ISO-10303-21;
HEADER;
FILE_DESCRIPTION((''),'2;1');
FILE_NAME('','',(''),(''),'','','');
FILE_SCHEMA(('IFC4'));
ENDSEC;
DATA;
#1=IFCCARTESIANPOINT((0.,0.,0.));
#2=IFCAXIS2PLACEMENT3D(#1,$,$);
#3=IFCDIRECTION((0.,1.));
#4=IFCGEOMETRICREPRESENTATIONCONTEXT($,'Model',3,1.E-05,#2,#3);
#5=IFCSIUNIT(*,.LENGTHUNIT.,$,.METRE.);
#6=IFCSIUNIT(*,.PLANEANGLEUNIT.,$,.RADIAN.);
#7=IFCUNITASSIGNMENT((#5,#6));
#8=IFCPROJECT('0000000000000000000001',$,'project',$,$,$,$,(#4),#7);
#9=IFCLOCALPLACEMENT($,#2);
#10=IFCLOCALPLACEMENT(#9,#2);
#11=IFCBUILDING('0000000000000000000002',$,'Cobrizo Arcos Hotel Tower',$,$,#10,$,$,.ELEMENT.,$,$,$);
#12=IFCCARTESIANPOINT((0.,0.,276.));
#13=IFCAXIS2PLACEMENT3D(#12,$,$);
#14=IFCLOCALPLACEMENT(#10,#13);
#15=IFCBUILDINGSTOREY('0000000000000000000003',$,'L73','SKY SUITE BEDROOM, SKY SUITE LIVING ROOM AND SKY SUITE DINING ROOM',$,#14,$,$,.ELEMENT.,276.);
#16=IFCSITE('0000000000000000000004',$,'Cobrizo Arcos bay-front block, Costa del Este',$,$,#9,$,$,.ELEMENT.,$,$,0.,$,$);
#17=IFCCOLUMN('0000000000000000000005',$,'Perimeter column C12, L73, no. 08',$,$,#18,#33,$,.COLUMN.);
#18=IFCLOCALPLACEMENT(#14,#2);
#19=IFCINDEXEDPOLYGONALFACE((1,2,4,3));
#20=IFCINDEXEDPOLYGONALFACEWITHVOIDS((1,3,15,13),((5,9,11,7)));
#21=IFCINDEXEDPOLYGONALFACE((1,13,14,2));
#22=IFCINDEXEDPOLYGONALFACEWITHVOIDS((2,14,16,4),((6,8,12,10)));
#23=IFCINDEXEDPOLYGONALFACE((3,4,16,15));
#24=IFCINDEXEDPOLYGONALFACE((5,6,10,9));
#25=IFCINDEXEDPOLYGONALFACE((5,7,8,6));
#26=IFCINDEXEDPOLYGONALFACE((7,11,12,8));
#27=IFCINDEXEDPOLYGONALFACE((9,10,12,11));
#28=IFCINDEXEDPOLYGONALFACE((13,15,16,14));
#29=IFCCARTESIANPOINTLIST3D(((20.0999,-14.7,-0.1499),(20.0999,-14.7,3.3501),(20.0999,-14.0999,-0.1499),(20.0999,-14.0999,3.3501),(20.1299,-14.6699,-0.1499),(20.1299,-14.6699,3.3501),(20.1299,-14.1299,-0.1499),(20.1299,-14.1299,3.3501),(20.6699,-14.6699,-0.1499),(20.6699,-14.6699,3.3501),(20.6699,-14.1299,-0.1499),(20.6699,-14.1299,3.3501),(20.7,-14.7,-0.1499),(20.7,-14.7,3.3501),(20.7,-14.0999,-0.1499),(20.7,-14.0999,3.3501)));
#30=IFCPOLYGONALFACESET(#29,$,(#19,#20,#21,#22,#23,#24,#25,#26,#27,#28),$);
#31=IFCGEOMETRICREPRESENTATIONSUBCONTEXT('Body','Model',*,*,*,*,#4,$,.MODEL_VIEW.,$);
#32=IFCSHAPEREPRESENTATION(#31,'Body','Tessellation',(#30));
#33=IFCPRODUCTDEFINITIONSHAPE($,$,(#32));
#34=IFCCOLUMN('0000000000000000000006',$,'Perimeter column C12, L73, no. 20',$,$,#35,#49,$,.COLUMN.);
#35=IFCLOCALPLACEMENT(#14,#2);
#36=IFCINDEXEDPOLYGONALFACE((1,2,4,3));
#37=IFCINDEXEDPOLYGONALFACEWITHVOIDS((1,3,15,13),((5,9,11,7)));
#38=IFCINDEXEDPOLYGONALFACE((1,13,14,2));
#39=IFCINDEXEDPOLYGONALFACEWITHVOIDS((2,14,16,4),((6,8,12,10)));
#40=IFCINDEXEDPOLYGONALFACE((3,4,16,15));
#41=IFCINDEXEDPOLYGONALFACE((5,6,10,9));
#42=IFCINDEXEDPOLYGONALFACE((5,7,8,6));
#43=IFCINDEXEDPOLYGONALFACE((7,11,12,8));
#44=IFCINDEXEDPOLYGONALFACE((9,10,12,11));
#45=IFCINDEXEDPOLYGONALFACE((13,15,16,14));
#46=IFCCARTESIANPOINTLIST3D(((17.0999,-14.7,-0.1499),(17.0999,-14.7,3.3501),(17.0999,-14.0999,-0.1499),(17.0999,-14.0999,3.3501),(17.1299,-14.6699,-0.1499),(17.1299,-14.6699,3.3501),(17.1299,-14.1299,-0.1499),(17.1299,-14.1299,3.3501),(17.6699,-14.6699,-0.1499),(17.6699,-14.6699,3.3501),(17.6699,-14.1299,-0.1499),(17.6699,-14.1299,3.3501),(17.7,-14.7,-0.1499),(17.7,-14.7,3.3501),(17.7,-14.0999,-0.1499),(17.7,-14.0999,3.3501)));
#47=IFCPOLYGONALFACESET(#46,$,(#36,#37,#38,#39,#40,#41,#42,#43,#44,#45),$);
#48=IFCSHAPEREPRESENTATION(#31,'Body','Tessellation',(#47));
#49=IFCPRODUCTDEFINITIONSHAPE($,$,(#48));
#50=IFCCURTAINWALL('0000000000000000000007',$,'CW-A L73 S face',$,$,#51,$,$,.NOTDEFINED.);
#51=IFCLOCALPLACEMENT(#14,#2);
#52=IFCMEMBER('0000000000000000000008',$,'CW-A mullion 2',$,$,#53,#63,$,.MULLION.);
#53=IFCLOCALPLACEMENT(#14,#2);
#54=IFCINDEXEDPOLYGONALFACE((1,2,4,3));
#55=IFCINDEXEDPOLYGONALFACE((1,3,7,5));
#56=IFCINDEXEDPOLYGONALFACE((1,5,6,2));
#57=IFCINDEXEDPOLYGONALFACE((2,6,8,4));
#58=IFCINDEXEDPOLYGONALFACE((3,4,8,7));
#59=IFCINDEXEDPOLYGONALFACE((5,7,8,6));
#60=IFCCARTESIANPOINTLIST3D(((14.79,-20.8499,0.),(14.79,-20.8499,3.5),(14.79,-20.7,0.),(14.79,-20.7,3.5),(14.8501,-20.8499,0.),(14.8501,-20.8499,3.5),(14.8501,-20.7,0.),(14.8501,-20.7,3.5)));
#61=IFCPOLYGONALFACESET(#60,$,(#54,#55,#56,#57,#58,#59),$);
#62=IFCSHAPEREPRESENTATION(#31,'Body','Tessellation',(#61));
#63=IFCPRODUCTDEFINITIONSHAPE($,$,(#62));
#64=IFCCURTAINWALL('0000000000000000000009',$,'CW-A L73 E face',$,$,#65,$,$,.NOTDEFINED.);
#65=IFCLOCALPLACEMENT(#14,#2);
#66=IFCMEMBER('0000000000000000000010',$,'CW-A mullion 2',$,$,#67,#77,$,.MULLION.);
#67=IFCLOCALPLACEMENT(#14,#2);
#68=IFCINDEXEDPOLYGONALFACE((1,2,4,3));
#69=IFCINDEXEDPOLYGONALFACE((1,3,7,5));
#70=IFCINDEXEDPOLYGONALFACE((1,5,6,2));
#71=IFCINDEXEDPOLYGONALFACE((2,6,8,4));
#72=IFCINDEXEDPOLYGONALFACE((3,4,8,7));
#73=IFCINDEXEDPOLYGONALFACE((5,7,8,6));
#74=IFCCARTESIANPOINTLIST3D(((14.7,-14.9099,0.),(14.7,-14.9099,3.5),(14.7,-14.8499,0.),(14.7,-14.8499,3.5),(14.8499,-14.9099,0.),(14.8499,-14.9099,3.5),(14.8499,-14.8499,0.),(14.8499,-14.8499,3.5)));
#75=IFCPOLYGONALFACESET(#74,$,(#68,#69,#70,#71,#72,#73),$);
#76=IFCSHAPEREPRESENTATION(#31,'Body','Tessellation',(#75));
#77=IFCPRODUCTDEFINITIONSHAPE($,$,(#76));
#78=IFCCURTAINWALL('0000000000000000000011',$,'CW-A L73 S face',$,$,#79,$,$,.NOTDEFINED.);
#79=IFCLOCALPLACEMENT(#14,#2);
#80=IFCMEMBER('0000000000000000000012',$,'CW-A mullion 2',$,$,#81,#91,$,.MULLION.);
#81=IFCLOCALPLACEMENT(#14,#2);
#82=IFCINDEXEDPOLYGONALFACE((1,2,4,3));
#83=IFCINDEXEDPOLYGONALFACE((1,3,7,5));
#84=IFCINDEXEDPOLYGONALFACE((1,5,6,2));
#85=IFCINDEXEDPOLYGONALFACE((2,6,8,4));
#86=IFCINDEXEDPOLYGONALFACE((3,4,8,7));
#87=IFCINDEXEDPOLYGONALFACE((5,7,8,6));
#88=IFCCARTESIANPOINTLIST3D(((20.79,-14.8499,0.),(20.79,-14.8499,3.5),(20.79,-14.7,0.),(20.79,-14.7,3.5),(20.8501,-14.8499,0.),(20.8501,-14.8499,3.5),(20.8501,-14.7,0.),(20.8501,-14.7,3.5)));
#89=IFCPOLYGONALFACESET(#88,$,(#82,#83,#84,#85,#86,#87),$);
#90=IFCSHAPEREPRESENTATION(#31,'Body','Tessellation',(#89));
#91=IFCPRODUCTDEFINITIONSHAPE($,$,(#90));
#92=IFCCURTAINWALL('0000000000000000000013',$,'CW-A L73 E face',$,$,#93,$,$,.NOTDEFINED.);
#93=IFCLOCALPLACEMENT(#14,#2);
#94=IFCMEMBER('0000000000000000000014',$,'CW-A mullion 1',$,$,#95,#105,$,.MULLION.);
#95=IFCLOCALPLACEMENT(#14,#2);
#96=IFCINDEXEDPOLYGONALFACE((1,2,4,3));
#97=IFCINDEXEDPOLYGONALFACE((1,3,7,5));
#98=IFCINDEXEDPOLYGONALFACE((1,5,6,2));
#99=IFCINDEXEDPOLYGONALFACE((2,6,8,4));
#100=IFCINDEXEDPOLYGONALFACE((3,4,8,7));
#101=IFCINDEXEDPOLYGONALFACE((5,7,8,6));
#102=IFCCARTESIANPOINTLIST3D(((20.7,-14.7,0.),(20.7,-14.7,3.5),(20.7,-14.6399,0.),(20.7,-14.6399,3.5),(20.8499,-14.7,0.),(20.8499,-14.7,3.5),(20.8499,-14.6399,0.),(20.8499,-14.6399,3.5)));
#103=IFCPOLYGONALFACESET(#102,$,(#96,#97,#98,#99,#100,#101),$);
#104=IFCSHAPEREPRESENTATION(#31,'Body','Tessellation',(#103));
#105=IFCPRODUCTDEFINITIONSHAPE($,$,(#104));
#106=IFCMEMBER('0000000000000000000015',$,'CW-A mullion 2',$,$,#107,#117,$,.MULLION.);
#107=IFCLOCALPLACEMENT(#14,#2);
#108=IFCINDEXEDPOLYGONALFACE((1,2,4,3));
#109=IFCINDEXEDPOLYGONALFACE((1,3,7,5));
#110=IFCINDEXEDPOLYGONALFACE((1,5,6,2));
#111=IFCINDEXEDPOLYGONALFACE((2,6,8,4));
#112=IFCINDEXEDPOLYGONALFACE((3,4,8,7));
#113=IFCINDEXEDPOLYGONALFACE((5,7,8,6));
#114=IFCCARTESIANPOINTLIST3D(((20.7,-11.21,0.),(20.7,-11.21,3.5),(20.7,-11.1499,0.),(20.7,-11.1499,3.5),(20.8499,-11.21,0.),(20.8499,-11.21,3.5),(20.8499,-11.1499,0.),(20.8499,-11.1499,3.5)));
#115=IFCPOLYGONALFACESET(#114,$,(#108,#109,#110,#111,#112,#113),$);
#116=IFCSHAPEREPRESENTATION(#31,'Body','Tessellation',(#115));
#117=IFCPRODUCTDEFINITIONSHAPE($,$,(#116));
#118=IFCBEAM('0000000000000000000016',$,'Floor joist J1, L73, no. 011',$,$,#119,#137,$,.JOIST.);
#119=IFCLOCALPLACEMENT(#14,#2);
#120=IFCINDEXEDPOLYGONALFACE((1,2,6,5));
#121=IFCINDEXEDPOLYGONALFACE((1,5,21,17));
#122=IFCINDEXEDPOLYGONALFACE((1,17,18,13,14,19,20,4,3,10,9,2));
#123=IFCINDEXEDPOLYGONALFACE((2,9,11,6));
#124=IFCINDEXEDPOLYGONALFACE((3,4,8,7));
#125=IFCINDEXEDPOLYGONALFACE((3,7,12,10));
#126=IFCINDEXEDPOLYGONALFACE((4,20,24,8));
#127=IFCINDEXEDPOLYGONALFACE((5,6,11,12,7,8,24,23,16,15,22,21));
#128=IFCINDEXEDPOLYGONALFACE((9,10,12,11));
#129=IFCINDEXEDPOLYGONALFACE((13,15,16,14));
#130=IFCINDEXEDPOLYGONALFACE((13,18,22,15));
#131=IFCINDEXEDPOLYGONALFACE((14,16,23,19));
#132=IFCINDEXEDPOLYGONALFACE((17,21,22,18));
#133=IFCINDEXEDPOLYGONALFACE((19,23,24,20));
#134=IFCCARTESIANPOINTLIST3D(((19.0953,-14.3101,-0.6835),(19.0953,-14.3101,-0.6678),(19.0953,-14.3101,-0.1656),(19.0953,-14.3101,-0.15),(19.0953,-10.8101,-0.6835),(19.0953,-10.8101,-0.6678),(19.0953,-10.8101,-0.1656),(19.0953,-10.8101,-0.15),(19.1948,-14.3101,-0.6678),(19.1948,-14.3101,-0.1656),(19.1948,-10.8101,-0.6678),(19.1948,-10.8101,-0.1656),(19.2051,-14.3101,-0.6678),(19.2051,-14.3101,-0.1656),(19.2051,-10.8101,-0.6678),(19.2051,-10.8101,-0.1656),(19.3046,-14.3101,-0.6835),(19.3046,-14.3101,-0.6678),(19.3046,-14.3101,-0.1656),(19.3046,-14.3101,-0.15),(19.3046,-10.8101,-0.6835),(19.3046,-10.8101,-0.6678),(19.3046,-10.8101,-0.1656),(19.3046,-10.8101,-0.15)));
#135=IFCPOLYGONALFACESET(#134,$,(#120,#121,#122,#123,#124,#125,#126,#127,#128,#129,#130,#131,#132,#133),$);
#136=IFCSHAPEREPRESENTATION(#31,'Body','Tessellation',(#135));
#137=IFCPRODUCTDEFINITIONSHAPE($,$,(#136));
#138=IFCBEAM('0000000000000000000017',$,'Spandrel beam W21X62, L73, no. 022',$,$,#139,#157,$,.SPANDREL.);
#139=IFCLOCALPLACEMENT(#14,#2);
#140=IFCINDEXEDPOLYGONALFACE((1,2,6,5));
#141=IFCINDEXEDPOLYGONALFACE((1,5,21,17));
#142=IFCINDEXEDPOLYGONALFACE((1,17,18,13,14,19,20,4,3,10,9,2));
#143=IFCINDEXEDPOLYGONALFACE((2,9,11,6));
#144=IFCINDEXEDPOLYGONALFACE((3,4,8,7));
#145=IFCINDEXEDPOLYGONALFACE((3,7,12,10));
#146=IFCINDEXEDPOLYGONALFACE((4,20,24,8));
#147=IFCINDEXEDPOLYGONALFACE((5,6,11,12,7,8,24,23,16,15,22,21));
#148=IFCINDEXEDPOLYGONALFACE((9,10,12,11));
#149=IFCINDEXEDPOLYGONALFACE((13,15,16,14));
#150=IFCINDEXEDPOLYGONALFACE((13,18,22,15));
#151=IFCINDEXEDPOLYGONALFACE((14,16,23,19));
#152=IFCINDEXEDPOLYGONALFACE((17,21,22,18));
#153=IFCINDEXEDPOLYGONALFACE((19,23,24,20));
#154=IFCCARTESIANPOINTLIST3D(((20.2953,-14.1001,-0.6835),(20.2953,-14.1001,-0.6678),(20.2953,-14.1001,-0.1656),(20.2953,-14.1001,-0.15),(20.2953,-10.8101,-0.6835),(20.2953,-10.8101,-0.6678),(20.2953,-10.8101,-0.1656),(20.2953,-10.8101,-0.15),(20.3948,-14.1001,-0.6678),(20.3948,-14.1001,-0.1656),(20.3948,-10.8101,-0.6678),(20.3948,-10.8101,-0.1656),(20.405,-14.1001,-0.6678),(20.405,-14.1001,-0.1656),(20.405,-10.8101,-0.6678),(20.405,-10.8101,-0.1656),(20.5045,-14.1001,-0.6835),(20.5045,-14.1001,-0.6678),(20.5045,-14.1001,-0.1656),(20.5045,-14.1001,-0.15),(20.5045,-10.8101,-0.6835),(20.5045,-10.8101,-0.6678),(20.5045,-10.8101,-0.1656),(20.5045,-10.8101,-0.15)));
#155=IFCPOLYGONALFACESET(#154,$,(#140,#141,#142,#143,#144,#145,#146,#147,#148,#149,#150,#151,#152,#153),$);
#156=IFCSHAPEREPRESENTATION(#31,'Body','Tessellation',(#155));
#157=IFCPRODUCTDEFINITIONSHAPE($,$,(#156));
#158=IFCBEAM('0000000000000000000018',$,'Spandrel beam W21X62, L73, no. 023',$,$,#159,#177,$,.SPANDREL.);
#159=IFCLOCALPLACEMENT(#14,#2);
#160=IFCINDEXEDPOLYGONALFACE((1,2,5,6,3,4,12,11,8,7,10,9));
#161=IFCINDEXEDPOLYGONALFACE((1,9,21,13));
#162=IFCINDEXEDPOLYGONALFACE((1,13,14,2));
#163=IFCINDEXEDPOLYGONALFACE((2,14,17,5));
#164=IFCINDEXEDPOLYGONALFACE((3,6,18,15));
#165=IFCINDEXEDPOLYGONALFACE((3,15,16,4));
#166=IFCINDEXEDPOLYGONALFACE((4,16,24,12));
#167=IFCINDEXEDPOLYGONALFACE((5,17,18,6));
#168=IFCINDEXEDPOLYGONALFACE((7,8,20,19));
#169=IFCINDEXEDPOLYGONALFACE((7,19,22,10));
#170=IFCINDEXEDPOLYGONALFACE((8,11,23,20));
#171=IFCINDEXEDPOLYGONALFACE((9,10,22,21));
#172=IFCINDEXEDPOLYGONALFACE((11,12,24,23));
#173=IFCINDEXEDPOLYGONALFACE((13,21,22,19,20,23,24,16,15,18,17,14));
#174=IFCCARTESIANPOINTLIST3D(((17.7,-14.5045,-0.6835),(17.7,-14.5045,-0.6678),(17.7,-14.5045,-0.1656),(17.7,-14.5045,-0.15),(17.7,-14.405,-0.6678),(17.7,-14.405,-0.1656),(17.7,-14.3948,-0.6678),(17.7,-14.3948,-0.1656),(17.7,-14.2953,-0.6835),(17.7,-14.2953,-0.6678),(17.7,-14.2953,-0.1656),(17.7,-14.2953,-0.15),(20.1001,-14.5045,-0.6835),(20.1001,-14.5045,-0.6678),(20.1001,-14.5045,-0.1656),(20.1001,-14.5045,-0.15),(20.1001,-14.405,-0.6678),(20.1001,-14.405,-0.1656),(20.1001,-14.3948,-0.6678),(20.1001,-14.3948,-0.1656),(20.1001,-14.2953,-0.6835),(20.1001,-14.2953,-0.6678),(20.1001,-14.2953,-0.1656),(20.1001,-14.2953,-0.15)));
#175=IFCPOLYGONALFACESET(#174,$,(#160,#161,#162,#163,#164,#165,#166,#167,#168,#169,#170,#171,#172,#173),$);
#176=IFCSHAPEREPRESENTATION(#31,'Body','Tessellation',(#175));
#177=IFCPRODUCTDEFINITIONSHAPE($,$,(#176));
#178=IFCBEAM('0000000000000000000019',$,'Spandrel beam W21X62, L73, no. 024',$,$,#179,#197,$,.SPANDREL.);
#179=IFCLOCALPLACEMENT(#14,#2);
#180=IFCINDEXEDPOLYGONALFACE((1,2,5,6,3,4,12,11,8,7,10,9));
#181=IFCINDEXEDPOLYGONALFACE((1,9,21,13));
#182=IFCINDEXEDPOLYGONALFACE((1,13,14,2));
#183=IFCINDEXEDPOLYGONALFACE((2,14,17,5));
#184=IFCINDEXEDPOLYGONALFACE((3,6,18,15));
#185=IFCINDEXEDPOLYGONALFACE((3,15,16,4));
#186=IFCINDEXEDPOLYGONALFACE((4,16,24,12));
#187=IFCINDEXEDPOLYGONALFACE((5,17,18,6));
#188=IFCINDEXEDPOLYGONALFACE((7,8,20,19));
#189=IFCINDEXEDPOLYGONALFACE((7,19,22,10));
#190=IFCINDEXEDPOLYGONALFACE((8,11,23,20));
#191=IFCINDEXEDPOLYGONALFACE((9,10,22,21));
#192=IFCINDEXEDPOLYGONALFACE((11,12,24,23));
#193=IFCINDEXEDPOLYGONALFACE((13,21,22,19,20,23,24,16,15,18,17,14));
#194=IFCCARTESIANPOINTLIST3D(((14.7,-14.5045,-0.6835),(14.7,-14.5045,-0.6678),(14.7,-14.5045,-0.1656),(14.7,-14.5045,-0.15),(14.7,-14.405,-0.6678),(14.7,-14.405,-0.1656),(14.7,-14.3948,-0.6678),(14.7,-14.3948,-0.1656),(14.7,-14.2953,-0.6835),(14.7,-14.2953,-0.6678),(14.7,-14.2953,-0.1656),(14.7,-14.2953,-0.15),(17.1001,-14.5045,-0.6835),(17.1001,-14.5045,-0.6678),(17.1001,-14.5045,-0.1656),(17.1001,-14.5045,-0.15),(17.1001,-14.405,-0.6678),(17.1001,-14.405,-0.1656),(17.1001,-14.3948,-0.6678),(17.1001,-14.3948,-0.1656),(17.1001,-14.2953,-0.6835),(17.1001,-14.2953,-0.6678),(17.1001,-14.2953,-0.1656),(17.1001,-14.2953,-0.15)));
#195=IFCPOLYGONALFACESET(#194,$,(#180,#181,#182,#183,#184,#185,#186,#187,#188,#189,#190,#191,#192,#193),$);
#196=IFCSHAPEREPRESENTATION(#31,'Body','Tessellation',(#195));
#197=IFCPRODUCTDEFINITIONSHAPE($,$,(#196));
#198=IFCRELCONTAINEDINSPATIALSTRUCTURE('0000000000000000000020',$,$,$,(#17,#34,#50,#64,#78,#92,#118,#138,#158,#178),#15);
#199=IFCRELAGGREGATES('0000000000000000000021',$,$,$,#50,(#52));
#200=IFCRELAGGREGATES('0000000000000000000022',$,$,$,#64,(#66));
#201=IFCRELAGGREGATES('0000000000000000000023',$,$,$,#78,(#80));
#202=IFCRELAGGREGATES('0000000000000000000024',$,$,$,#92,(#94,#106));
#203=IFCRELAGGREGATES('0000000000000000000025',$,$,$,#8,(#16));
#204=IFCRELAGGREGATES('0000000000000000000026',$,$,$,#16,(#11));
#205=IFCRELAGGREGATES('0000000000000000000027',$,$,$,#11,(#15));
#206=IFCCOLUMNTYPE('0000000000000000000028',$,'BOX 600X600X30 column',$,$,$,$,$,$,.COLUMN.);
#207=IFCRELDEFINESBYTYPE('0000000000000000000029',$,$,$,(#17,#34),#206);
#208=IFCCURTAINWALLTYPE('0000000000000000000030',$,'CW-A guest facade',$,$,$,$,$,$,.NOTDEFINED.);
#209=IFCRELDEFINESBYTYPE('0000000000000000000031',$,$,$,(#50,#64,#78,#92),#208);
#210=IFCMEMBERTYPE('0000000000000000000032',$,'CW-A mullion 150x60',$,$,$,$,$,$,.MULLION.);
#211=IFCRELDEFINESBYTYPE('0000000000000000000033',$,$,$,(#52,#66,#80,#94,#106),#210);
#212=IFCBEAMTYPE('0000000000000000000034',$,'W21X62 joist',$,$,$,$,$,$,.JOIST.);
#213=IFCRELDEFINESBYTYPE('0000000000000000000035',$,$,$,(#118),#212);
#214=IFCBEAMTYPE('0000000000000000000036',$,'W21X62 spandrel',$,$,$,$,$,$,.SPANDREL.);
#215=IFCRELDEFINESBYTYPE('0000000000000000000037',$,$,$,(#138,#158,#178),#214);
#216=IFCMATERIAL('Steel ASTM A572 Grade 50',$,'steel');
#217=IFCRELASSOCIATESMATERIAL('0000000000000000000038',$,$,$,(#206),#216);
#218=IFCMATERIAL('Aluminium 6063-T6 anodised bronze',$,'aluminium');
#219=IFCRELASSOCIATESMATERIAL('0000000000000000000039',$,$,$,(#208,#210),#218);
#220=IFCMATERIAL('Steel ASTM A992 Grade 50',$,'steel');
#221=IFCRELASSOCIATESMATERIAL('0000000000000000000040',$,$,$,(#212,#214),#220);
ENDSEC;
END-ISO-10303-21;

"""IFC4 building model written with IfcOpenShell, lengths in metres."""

from ifc_helpers import new_model, si_unit, direction, frame, origin, origin_2d, place, context, subcontext, project, spatial, rectangle, hollow_rectangle, i_section, extrude, material, material_profile, profile_set, type_object, element, aggregate, save


model = new_model("IFC4")

# Units and contexts
model_context = context("Model", 3, precision=1e-05, world=origin(), true_north=direction((0.0, 1.0)))
body_context = subcontext(model_context, "Body", "Model", "MODEL_VIEW")
ifc_project = project(units=[si_unit("LENGTHUNIT", "METRE"), si_unit("PLANEANGLEUNIT", "RADIAN")], contexts=[model_context])

# Site, building, storey
site_placement = place(None, origin())
site = spatial("IfcSite", under=ifc_project, at=site_placement, Name="Cobrizo Arcos bay-front block, Costa del Este", CompositionType="ELEMENT", RefElevation=0.0)
building_placement = place(site_placement, origin())
building = spatial("IfcBuilding", under=site, at=building_placement, Name="Cobrizo Arcos Hotel Tower", CompositionType="ELEMENT")
storey_placement = place(building_placement, frame((0.0, 0.0, 276.0)))
storey = spatial("IfcBuildingStorey", under=building, at=storey_placement, Name="L73", Description="SKY SUITE BEDROOM, SKY SUITE LIVING ROOM AND SKY SUITE DINING ROOM", CompositionType="ELEMENT", Elevation=276.0)

# Columns
ifc_material_1 = material(Name="Steel ASTM A572 Grade 50", Category="steel")
ifc_material_profile_1 = material_profile(ifc_material_1, hollow_rectangle(XDim=0.6001, YDim=0.6001, WallThickness=0.03, at=origin_2d()), Name="BOX 600X600X30")
ifc_profile_set_1 = profile_set([ifc_material_profile_1], Name="Steel ASTM A572 Grade 50")
column_type = type_object("IfcColumnType", Name="BOX 600X600X30 column", PredefinedType="COLUMN", material=ifc_profile_set_1)
for number, where, z_axis, x_axis, name in (
    (1, (20.3999, -14.3999, -0.1499), (0.0, 0.0, 1.0), (1.0, 0.0, 0.0), "Perimeter column C12, L73, no. 08"),
    (2, (17.3999, -14.3999, -0.1499), (0.0, 0.0, 1.0), (1.0, 0.0, 0.0), "Perimeter column C12, L73, no. 20"),
):
    element("IfcColumn", number, at=place(storey_placement, frame(where, z_axis=z_axis, x_axis=x_axis)), inside=storey, type_object=column_type, Name=name, PredefinedType="COLUMN", context=body_context, shape_type="SweptSolid", body=[
        extrude(hollow_rectangle(XDim=0.6001, YDim=0.6001, WallThickness=0.03, at=origin_2d()), origin(), (0.0, 0.0, 1.0), 3.5),
    ])

# Curtain walls, members
ifc_material_2 = material(Name="Aluminium 6063-T6 anodised bronze", Category="aluminium")
curtain_wall_type = type_object("IfcCurtainWallType", Name="CW-A guest facade", PredefinedType="NOTDEFINED", material=ifc_material_2)
curtain_wall_1_placement = place(storey_placement, origin())
curtain_wall_1 = element("IfcCurtainWall", 3, at=curtain_wall_1_placement, inside=storey, type_object=curtain_wall_type, Name="CW-A L73 S face", PredefinedType="NOTDEFINED")
ifc_material_profile_2 = material_profile(ifc_material_2, rectangle(XDim=0.1499, YDim=0.0601, at=origin_2d()), Name="CW-A mullion 150x60")
ifc_profile_set_2 = profile_set([ifc_material_profile_2], Name="Aluminium 6063-T6 anodised bronze")
member_type = type_object("IfcMemberType", Name="CW-A mullion 150x60", PredefinedType="MULLION", material=ifc_profile_set_2)
member_1_placement = place(storey_placement, frame((14.8201, -20.7749, 0.0), z_axis=(0.0, 0.0, 1.0), x_axis=(0.0, -1.0, 0.0)))
member_1 = element("IfcMember", 4, at=member_1_placement, type_object=member_type, Name="CW-A mullion 2", PredefinedType="MULLION", context=body_context, shape_type="SweptSolid", body=[
    extrude(rectangle(XDim=0.1499, YDim=0.0601, at=origin_2d()), origin(), (0.0, 0.0, 1.0), 3.5),
])
aggregate(curtain_wall_1, [member_1])
curtain_wall_2_placement = place(storey_placement, origin())
curtain_wall_2 = element("IfcCurtainWall", 5, at=curtain_wall_2_placement, inside=storey, type_object=curtain_wall_type, Name="CW-A L73 E face", PredefinedType="NOTDEFINED")
member_2_placement = place(storey_placement, frame((14.7749, -14.8799, 0.0), z_axis=(0.0, 0.0, 1.0), x_axis=(1.0, 0.0, 0.0)))
member_2 = element("IfcMember", 6, at=member_2_placement, type_object=member_type, Name="CW-A mullion 2", PredefinedType="MULLION", context=body_context, shape_type="SweptSolid", body=[
    extrude(rectangle(XDim=0.1499, YDim=0.0601, at=origin_2d()), origin(), (0.0, 0.0, 1.0), 3.5),
])
aggregate(curtain_wall_2, [member_2])
curtain_wall_3_placement = place(storey_placement, origin())
curtain_wall_3 = element("IfcCurtainWall", 7, at=curtain_wall_3_placement, inside=storey, type_object=curtain_wall_type, Name="CW-A L73 S face", PredefinedType="NOTDEFINED")
member_3_placement = place(storey_placement, frame((20.8201, -14.7749, 0.0), z_axis=(0.0, 0.0, 1.0), x_axis=(0.0, -1.0, 0.0)))
member_3 = element("IfcMember", 8, at=member_3_placement, type_object=member_type, Name="CW-A mullion 2", PredefinedType="MULLION", context=body_context, shape_type="SweptSolid", body=[
    extrude(rectangle(XDim=0.1499, YDim=0.0601, at=origin_2d()), origin(), (0.0, 0.0, 1.0), 3.5),
])

# Curtain wall, members
curtain_wall_4_placement = place(storey_placement, origin())
curtain_wall_4 = element("IfcCurtainWall", 9, at=curtain_wall_4_placement, inside=storey, type_object=curtain_wall_type, Name="CW-A L73 E face", PredefinedType="NOTDEFINED")
member_4_placement = place(storey_placement, frame((20.7749, -14.6699, 0.0), z_axis=(0.0, 0.0, 1.0), x_axis=(1.0, 0.0, 0.0)))
member_4 = element("IfcMember", 10, at=member_4_placement, type_object=member_type, Name="CW-A mullion 1", PredefinedType="MULLION", context=body_context, shape_type="SweptSolid", body=[
    extrude(rectangle(XDim=0.1499, YDim=0.0601, at=origin_2d()), origin(), (0.0, 0.0, 1.0), 3.5),
])
member_5_placement = place(storey_placement, frame((20.7749, -11.1799, 0.0), z_axis=(0.0, 0.0, 1.0), x_axis=(1.0, 0.0, 0.0)))
member_5 = element("IfcMember", 11, at=member_5_placement, type_object=member_type, Name="CW-A mullion 2", PredefinedType="MULLION", context=body_context, shape_type="SweptSolid", body=[
    extrude(rectangle(XDim=0.1499, YDim=0.0601, at=origin_2d()), origin(), (0.0, 0.0, 1.0), 3.5),
])

# Beams
ifc_material_3 = material(Name="Steel ASTM A992 Grade 50", Category="steel")
ifc_material_profile_3 = material_profile(ifc_material_3, i_section(OverallWidth=0.2092, OverallDepth=0.5334, WebThickness=0.0103, FlangeThickness=0.0156, at=origin_2d()), Name="W21X62")
ifc_profile_set_3 = profile_set([ifc_material_profile_3], Name="Steel ASTM A992 Grade 50")
beam_type_1 = type_object("IfcBeamType", Name="W21X62 joist", PredefinedType="JOIST", material=ifc_profile_set_3)
beam_1_placement = place(storey_placement, frame((19.2, -14.3101, -0.4167), z_axis=(0.0, 1.0, 0.0), x_axis=(-1.0, 0.0, 0.0)))
element("IfcBeam", 12, at=beam_1_placement, inside=storey, type_object=beam_type_1, Name="Floor joist J1, L73, no. 011", PredefinedType="JOIST", context=body_context, shape_type="SweptSolid", body=[
    extrude(i_section(OverallWidth=0.2092, OverallDepth=0.5334, WebThickness=0.0103, FlangeThickness=0.0156, at=origin_2d()), origin(), (0.0, 0.0, 1.0), 3.5),
])
ifc_material_profile_4 = material_profile(ifc_material_3, i_section(OverallWidth=0.2092, OverallDepth=0.5334, WebThickness=0.0103, FlangeThickness=0.0156, at=origin_2d()), Name="W21X62")
ifc_profile_set_4 = profile_set([ifc_material_profile_4], Name="Steel ASTM A992 Grade 50")
beam_type_2 = type_object("IfcBeamType", Name="W21X62 spandrel", PredefinedType="SPANDREL", material=ifc_profile_set_4)
beam_2_placement = place(storey_placement, frame((20.3999, -10.8101, -0.4167), z_axis=(0.0, -1.0, 0.0), x_axis=(1.0, 0.0, 0.0)))
element("IfcBeam", 13, at=beam_2_placement, inside=storey, type_object=beam_type_2, Name="Spandrel beam W21X62, L73, no. 022", PredefinedType="SPANDREL", context=body_context, shape_type="SweptSolid", body=[
    extrude(i_section(OverallWidth=0.2092, OverallDepth=0.5334, WebThickness=0.0103, FlangeThickness=0.0156, at=origin_2d()), origin(), (0.0, 0.0, 1.0), 3.29),
])
for number, where, z_axis, x_axis, name in (
    (14, (20.1001, -14.3999, -0.4167), (-1.0, 0.0, 0.0), (0.0, -1.0, 0.0), "Spandrel beam W21X62, L73, no. 023"),
    (15, (17.1001, -14.3999, -0.4167), (-1.0, 0.0, 0.0), (0.0, -1.0, 0.0), "Spandrel beam W21X62, L73, no. 024"),
):
    element("IfcBeam", number, at=place(storey_placement, frame(where, z_axis=z_axis, x_axis=x_axis)), inside=storey, type_object=beam_type_2, Name=name, PredefinedType="SPANDREL", context=body_context, shape_type="SweptSolid", body=[
        extrude(i_section(OverallWidth=0.2092, OverallDepth=0.5334, WebThickness=0.0103, FlangeThickness=0.0156, at=origin_2d()), origin(), (0.0, 0.0, 1.0), 2.4001),
    ])

aggregate(curtain_wall_3, [member_3])
aggregate(curtain_wall_4, [member_4, member_5])

save(model, "model.ifc")
